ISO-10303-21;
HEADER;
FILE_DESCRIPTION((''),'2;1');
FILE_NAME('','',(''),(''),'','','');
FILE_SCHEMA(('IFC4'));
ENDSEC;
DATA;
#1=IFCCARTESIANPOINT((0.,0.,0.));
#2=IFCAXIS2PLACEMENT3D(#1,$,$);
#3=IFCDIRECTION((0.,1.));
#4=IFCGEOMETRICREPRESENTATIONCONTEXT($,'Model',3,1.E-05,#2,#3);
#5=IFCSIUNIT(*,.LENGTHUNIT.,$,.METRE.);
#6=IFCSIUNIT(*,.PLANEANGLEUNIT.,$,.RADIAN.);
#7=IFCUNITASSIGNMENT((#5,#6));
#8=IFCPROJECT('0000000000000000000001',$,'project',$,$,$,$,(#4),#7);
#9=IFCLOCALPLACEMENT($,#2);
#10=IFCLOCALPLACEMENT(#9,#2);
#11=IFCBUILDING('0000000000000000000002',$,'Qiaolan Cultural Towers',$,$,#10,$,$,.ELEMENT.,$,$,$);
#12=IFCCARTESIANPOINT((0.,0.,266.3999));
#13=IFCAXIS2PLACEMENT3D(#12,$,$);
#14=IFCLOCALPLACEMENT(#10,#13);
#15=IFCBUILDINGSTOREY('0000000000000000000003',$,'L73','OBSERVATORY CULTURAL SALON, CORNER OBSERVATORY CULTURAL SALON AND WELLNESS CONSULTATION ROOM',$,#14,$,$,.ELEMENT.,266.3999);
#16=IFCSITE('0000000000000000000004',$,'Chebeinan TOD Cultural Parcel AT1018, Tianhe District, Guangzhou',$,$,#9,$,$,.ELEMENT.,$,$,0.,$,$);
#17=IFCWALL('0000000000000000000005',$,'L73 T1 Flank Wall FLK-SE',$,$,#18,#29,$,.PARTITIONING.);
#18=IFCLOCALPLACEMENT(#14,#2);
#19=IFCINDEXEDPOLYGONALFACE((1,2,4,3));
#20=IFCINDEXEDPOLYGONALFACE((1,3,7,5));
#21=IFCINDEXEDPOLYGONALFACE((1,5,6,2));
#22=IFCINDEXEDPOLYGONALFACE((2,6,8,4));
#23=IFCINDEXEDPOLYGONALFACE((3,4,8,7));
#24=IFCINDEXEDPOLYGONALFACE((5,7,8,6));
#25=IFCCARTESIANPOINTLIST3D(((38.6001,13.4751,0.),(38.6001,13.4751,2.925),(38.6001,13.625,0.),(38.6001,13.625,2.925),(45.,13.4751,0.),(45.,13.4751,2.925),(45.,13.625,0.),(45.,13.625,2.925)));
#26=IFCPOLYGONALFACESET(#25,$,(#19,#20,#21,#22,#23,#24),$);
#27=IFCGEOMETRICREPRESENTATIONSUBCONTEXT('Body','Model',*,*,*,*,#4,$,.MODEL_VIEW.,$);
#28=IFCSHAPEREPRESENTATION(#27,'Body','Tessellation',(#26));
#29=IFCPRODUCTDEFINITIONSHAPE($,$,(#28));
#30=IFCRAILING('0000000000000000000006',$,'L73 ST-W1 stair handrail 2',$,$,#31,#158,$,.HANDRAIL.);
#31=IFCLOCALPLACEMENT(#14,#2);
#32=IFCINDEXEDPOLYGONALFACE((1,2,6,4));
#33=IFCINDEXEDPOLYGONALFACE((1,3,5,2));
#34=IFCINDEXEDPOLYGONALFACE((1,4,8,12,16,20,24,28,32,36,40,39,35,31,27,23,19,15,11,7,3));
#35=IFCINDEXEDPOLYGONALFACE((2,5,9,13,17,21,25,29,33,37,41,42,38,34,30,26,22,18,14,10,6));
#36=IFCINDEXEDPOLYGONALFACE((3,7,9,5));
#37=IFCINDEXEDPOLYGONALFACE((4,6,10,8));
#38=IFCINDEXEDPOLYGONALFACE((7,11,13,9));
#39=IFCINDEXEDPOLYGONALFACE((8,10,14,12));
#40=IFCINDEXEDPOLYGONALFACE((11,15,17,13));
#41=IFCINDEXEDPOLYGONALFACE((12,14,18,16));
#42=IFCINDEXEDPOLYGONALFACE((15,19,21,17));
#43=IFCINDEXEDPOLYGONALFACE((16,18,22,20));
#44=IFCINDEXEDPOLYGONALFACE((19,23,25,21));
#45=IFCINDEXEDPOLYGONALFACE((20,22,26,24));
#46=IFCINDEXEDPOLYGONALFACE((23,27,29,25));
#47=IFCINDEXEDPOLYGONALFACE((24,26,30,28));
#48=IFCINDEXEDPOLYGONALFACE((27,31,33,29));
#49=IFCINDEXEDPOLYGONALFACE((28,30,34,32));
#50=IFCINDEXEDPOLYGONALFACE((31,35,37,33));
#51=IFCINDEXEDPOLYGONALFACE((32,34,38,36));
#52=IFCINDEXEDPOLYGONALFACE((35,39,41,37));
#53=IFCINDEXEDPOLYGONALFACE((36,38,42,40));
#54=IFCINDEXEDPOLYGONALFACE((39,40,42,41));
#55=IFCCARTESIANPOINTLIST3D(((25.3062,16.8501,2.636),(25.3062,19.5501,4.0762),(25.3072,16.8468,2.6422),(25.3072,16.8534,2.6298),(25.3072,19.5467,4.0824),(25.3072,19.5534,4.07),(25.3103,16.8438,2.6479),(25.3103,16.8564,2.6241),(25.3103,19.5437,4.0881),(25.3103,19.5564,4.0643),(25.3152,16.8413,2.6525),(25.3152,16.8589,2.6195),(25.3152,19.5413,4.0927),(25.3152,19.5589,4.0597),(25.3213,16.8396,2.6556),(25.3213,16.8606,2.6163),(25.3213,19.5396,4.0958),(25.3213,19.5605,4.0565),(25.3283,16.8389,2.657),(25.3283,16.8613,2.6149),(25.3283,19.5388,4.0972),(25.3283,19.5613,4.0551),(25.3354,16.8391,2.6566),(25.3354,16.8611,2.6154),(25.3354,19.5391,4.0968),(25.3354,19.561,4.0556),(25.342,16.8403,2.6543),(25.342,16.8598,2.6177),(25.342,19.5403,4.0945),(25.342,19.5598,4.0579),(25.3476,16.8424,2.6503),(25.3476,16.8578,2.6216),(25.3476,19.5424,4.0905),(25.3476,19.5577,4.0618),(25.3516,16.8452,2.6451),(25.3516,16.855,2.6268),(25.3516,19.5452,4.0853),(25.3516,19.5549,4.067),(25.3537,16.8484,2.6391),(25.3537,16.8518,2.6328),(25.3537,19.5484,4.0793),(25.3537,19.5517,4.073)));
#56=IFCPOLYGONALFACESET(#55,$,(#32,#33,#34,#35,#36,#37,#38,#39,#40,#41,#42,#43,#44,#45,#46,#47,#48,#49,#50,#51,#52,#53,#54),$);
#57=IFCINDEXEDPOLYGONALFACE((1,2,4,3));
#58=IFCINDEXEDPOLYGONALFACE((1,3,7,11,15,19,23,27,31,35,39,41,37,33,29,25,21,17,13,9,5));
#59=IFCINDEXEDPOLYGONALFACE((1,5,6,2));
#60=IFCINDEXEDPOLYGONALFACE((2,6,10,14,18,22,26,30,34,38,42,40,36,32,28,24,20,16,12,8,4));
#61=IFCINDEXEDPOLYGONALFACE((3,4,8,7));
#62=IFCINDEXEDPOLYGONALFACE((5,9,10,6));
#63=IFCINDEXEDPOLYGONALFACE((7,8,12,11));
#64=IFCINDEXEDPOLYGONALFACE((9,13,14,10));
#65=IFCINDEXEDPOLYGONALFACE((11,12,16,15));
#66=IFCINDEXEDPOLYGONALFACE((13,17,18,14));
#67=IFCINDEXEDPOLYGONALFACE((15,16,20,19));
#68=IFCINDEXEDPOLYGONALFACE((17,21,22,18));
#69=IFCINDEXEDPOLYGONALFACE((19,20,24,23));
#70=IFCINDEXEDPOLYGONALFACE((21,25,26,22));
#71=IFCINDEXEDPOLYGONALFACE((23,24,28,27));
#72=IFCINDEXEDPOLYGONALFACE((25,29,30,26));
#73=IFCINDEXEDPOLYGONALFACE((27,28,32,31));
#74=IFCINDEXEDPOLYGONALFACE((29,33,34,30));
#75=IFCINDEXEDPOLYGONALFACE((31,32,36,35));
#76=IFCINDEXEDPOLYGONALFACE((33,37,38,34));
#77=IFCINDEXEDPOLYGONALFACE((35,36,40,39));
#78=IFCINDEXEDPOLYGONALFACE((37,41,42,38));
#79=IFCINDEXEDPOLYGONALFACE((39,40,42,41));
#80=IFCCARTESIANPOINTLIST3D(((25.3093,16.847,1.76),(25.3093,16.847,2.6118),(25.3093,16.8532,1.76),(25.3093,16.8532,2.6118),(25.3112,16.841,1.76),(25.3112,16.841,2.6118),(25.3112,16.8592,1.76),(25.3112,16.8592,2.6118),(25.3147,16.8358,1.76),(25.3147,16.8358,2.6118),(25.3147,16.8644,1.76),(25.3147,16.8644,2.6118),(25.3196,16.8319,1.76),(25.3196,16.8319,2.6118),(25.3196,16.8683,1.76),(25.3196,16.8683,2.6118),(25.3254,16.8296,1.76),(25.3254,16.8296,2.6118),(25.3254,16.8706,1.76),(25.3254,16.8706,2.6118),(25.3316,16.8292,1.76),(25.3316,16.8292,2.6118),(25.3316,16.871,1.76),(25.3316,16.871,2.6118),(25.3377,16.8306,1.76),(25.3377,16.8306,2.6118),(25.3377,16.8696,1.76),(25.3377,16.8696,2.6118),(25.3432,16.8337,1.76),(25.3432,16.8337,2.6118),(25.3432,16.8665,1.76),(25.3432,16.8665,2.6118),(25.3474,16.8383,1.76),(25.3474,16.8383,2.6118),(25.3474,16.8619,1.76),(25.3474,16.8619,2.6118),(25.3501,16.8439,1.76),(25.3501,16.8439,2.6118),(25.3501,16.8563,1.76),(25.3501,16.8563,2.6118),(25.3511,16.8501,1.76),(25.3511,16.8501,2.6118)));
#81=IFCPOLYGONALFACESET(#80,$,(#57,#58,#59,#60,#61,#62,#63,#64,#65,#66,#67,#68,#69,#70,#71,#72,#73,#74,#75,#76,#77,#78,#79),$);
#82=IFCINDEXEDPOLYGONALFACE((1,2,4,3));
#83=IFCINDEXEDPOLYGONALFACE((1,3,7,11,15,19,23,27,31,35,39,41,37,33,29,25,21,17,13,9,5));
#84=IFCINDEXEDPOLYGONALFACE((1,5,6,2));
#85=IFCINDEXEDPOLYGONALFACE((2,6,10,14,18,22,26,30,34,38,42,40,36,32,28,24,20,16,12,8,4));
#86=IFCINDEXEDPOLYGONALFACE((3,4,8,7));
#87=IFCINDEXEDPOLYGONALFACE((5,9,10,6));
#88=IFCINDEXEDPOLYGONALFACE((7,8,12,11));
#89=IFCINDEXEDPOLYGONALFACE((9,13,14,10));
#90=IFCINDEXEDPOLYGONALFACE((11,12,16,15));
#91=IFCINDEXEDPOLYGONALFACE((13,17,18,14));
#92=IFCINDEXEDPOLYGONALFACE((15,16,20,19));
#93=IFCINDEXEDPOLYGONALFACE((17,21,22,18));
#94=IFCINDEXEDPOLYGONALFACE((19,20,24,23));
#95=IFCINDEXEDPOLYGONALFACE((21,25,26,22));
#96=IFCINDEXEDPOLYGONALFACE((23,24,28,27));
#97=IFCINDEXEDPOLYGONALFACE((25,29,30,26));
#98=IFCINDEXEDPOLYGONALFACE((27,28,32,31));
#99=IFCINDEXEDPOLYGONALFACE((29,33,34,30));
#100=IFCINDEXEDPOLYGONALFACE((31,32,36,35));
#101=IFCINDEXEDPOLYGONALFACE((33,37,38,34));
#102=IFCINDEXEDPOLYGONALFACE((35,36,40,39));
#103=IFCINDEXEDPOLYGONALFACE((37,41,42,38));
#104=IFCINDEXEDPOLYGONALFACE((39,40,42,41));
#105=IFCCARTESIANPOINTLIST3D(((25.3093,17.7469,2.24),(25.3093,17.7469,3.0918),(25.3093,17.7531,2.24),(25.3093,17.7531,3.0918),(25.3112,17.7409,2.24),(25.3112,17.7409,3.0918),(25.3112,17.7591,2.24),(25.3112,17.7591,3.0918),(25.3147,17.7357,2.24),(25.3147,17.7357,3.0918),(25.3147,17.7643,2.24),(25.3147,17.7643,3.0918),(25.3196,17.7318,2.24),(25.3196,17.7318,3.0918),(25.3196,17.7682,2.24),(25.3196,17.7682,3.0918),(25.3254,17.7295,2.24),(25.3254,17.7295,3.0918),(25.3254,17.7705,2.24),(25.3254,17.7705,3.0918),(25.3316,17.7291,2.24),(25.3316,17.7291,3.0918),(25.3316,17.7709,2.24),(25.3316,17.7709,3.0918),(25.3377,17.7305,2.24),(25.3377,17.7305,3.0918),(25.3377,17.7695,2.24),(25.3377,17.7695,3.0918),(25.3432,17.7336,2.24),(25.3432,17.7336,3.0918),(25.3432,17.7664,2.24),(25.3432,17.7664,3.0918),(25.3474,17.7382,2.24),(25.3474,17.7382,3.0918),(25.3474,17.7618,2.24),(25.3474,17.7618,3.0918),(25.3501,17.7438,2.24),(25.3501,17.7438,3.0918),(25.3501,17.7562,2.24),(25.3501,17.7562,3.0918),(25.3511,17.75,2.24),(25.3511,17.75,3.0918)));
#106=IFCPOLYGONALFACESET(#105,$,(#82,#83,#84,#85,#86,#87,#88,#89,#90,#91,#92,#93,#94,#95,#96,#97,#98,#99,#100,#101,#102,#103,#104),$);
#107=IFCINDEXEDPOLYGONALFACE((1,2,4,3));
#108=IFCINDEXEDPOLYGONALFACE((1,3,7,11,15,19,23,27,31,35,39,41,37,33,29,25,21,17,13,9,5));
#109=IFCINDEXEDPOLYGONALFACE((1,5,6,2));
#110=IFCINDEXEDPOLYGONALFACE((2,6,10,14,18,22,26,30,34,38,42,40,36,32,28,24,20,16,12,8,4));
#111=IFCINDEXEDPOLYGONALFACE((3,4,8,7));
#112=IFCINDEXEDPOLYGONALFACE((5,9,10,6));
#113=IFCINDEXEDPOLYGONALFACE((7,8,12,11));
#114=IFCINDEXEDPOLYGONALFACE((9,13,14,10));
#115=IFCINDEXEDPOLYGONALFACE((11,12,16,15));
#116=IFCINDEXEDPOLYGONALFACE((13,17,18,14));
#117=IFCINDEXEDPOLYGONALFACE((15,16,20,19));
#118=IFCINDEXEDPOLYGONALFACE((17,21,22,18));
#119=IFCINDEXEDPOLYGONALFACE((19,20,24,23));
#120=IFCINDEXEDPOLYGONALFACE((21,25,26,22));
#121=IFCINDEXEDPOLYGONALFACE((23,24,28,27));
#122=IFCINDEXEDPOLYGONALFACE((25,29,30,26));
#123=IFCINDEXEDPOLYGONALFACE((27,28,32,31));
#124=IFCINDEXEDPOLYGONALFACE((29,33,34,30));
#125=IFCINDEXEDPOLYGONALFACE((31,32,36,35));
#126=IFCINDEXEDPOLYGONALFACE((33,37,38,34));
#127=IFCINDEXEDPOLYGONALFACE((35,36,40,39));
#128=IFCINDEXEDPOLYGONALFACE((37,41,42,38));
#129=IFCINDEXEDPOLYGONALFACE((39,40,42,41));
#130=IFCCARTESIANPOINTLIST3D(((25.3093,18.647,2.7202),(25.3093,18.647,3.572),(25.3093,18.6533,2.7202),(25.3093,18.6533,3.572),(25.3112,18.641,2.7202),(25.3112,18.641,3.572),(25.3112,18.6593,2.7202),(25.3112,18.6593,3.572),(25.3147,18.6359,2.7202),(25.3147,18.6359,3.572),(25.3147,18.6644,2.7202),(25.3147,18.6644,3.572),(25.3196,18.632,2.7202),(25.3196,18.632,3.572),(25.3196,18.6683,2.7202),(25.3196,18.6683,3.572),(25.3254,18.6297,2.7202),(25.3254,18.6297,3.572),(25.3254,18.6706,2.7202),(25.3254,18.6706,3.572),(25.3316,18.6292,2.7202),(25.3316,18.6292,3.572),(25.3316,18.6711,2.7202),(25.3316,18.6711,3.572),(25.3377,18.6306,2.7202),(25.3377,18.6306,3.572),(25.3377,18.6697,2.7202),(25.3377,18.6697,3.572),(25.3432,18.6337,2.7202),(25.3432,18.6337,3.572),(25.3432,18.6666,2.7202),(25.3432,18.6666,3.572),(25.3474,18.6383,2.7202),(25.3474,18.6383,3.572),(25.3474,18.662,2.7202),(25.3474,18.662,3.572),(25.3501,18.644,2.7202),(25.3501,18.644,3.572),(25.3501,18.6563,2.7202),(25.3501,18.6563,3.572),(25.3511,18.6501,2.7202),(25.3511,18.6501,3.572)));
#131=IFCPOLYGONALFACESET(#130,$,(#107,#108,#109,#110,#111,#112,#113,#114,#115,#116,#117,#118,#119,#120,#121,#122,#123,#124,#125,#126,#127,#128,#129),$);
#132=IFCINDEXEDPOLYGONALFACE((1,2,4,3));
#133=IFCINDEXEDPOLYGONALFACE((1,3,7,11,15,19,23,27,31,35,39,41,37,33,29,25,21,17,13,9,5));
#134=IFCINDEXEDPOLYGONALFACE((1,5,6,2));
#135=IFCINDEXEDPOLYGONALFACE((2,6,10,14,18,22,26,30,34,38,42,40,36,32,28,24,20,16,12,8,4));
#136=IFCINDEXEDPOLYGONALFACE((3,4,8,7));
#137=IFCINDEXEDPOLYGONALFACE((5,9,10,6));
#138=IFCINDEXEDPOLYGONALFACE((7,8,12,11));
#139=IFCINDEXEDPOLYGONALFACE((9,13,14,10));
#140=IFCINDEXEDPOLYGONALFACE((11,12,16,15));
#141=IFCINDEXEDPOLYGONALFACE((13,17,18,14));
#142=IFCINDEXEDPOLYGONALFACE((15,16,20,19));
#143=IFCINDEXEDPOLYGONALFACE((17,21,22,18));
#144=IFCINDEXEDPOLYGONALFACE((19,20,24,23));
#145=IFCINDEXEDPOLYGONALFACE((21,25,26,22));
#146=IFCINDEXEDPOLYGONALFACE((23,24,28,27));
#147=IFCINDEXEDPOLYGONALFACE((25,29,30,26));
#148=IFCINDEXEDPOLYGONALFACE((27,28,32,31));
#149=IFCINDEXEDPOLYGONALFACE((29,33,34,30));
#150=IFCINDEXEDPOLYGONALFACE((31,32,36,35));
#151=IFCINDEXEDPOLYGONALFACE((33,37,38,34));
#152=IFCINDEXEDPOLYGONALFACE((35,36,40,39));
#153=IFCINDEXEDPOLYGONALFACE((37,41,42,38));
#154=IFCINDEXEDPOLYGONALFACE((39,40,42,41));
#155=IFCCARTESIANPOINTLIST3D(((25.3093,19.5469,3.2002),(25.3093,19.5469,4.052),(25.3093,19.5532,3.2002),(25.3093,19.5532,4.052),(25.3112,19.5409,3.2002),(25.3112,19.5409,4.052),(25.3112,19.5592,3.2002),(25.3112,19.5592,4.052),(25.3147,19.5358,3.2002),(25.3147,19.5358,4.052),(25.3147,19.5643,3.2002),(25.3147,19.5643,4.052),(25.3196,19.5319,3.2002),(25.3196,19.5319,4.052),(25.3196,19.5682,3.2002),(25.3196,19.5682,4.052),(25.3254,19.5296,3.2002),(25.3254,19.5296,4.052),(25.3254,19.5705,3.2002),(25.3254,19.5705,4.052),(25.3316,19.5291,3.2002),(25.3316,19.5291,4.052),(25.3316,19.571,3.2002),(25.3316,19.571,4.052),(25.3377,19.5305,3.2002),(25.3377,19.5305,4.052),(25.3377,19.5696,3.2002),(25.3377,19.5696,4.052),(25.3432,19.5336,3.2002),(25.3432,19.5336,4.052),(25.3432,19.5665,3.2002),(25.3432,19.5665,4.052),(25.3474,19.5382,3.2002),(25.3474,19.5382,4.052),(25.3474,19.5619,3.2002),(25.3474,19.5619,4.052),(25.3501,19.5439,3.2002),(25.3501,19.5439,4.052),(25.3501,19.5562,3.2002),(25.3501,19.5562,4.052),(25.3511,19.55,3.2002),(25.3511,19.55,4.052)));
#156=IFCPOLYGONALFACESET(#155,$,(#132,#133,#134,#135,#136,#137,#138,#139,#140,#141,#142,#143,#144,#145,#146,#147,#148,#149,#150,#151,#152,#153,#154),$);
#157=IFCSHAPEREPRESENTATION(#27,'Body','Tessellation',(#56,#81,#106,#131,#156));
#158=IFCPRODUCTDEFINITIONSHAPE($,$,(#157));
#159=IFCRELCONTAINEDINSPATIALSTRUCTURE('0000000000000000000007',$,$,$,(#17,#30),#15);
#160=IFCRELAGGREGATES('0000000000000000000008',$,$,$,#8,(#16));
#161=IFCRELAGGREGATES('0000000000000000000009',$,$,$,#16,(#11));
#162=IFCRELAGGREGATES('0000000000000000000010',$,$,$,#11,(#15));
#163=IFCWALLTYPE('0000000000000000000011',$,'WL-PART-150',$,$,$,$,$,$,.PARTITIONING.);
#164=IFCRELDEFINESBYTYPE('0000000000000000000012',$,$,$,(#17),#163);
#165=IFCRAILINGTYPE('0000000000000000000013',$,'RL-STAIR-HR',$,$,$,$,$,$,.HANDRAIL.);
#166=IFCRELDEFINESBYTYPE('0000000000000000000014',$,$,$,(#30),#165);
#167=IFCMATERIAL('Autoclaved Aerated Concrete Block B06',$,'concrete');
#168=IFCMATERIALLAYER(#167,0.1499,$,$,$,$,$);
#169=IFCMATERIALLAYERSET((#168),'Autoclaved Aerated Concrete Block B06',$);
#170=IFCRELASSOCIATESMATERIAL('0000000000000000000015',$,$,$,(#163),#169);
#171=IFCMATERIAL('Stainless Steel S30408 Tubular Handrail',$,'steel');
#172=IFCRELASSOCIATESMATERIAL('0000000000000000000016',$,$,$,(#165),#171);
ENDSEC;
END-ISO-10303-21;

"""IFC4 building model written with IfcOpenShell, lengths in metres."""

from ifc_helpers import new_model, si_unit, direction, frame, frame_2d, origin, origin_2d, place, context, subcontext, project, spatial, rectangle, circle, extrude, material, layer, layer_set, type_object, element, save


model = new_model("IFC4")

# Units and contexts
model_context = context("Model", 3, precision=1e-05, world=origin(), true_north=direction((0.0, 1.0)))
body_context = subcontext(model_context, "Body", "Model", "MODEL_VIEW")
ifc_project = project(units=[si_unit("LENGTHUNIT", "METRE"), si_unit("PLANEANGLEUNIT", "RADIAN")], contexts=[model_context])

# Site, building, storey
site_placement = place(None, origin())
site = spatial("IfcSite", under=ifc_project, at=site_placement, Name="Chebeinan TOD Cultural Parcel AT1018, Tianhe District, Guangzhou", CompositionType="ELEMENT", RefElevation=0.0)
building_placement = place(site_placement, origin())
building = spatial("IfcBuilding", under=site, at=building_placement, Name="Qiaolan Cultural Towers", CompositionType="ELEMENT")
storey_placement = place(building_placement, frame((0.0, 0.0, 266.3999)))
storey = spatial("IfcBuildingStorey", under=building, at=storey_placement, Name="L73", Description="OBSERVATORY CULTURAL SALON, CORNER OBSERVATORY CULTURAL SALON AND WELLNESS CONSULTATION ROOM", CompositionType="ELEMENT", Elevation=266.3999)

# Wall
ifc_material_1 = material(Name="Autoclaved Aerated Concrete Block B06", Category="concrete")
ifc_layer_1 = layer(ifc_material_1, 0.1499)
ifc_layer_set_1 = layer_set([ifc_layer_1], Name="Autoclaved Aerated Concrete Block B06")
wall_type_1 = type_object("IfcWallType", Name="WL-PART-150", PredefinedType="PARTITIONING", material=ifc_layer_set_1)
wall_1_placement = place(storey_placement, frame((38.6001, 13.55, 0.0), z_axis=(0.0, 0.0, 1.0), x_axis=(1.0, 0.0, 0.0)))
element("IfcWall", 1, at=wall_1_placement, inside=storey, type_object=wall_type_1, Name="L73 T1 Flank Wall FLK-SE", PredefinedType="PARTITIONING", context=body_context, shape_type="SweptSolid", body=[
    extrude(rectangle(XDim=6.3999, YDim=0.1499, at=frame_2d((3.2, 0.0))), origin(), (0.0, 0.0, 1.0), 2.925),
])

# Railing
ifc_material_2 = material(Name="Stainless Steel S30408 Tubular Handrail", Category="steel")
railing_type = type_object("IfcRailingType", Name="RL-STAIR-HR", PredefinedType="HANDRAIL", material=ifc_material_2)
railing_placement = place(storey_placement, frame((25.3301, 16.8501, 1.76)))
element("IfcRailing", 2, at=railing_placement, inside=storey, type_object=railing_type, Name="L73 ST-W1 stair handrail 2", PredefinedType="HANDRAIL", context=body_context, shape_type="SweptSolid", body=[
    extrude(circle(Radius=0.0239, at=origin_2d()), frame((0.0, 0.0, 0.876), z_axis=(0.0, 0.882324, 0.470642), x_axis=(-1.0, 0.0, 0.0)), (0.0, 0.0, 1.0), 3.0601),
    extrude(circle(Radius=0.021, at=origin_2d()), origin(), (0.0, 0.0, 1.0), 0.8518),
    extrude(circle(Radius=0.021, at=origin_2d()), frame((0.0, 0.8999, 0.48)), (0.0, 0.0, 1.0), 0.8518),
    extrude(circle(Radius=0.021, at=origin_2d()), frame((0.0, 1.8, 0.9602)), (0.0, 0.0, 1.0), 0.8518),
    extrude(circle(Radius=0.021, at=origin_2d()), frame((0.0, 2.7, 1.4402)), (0.0, 0.0, 1.0), 0.8518),
])

save(model, "model.ifc")
